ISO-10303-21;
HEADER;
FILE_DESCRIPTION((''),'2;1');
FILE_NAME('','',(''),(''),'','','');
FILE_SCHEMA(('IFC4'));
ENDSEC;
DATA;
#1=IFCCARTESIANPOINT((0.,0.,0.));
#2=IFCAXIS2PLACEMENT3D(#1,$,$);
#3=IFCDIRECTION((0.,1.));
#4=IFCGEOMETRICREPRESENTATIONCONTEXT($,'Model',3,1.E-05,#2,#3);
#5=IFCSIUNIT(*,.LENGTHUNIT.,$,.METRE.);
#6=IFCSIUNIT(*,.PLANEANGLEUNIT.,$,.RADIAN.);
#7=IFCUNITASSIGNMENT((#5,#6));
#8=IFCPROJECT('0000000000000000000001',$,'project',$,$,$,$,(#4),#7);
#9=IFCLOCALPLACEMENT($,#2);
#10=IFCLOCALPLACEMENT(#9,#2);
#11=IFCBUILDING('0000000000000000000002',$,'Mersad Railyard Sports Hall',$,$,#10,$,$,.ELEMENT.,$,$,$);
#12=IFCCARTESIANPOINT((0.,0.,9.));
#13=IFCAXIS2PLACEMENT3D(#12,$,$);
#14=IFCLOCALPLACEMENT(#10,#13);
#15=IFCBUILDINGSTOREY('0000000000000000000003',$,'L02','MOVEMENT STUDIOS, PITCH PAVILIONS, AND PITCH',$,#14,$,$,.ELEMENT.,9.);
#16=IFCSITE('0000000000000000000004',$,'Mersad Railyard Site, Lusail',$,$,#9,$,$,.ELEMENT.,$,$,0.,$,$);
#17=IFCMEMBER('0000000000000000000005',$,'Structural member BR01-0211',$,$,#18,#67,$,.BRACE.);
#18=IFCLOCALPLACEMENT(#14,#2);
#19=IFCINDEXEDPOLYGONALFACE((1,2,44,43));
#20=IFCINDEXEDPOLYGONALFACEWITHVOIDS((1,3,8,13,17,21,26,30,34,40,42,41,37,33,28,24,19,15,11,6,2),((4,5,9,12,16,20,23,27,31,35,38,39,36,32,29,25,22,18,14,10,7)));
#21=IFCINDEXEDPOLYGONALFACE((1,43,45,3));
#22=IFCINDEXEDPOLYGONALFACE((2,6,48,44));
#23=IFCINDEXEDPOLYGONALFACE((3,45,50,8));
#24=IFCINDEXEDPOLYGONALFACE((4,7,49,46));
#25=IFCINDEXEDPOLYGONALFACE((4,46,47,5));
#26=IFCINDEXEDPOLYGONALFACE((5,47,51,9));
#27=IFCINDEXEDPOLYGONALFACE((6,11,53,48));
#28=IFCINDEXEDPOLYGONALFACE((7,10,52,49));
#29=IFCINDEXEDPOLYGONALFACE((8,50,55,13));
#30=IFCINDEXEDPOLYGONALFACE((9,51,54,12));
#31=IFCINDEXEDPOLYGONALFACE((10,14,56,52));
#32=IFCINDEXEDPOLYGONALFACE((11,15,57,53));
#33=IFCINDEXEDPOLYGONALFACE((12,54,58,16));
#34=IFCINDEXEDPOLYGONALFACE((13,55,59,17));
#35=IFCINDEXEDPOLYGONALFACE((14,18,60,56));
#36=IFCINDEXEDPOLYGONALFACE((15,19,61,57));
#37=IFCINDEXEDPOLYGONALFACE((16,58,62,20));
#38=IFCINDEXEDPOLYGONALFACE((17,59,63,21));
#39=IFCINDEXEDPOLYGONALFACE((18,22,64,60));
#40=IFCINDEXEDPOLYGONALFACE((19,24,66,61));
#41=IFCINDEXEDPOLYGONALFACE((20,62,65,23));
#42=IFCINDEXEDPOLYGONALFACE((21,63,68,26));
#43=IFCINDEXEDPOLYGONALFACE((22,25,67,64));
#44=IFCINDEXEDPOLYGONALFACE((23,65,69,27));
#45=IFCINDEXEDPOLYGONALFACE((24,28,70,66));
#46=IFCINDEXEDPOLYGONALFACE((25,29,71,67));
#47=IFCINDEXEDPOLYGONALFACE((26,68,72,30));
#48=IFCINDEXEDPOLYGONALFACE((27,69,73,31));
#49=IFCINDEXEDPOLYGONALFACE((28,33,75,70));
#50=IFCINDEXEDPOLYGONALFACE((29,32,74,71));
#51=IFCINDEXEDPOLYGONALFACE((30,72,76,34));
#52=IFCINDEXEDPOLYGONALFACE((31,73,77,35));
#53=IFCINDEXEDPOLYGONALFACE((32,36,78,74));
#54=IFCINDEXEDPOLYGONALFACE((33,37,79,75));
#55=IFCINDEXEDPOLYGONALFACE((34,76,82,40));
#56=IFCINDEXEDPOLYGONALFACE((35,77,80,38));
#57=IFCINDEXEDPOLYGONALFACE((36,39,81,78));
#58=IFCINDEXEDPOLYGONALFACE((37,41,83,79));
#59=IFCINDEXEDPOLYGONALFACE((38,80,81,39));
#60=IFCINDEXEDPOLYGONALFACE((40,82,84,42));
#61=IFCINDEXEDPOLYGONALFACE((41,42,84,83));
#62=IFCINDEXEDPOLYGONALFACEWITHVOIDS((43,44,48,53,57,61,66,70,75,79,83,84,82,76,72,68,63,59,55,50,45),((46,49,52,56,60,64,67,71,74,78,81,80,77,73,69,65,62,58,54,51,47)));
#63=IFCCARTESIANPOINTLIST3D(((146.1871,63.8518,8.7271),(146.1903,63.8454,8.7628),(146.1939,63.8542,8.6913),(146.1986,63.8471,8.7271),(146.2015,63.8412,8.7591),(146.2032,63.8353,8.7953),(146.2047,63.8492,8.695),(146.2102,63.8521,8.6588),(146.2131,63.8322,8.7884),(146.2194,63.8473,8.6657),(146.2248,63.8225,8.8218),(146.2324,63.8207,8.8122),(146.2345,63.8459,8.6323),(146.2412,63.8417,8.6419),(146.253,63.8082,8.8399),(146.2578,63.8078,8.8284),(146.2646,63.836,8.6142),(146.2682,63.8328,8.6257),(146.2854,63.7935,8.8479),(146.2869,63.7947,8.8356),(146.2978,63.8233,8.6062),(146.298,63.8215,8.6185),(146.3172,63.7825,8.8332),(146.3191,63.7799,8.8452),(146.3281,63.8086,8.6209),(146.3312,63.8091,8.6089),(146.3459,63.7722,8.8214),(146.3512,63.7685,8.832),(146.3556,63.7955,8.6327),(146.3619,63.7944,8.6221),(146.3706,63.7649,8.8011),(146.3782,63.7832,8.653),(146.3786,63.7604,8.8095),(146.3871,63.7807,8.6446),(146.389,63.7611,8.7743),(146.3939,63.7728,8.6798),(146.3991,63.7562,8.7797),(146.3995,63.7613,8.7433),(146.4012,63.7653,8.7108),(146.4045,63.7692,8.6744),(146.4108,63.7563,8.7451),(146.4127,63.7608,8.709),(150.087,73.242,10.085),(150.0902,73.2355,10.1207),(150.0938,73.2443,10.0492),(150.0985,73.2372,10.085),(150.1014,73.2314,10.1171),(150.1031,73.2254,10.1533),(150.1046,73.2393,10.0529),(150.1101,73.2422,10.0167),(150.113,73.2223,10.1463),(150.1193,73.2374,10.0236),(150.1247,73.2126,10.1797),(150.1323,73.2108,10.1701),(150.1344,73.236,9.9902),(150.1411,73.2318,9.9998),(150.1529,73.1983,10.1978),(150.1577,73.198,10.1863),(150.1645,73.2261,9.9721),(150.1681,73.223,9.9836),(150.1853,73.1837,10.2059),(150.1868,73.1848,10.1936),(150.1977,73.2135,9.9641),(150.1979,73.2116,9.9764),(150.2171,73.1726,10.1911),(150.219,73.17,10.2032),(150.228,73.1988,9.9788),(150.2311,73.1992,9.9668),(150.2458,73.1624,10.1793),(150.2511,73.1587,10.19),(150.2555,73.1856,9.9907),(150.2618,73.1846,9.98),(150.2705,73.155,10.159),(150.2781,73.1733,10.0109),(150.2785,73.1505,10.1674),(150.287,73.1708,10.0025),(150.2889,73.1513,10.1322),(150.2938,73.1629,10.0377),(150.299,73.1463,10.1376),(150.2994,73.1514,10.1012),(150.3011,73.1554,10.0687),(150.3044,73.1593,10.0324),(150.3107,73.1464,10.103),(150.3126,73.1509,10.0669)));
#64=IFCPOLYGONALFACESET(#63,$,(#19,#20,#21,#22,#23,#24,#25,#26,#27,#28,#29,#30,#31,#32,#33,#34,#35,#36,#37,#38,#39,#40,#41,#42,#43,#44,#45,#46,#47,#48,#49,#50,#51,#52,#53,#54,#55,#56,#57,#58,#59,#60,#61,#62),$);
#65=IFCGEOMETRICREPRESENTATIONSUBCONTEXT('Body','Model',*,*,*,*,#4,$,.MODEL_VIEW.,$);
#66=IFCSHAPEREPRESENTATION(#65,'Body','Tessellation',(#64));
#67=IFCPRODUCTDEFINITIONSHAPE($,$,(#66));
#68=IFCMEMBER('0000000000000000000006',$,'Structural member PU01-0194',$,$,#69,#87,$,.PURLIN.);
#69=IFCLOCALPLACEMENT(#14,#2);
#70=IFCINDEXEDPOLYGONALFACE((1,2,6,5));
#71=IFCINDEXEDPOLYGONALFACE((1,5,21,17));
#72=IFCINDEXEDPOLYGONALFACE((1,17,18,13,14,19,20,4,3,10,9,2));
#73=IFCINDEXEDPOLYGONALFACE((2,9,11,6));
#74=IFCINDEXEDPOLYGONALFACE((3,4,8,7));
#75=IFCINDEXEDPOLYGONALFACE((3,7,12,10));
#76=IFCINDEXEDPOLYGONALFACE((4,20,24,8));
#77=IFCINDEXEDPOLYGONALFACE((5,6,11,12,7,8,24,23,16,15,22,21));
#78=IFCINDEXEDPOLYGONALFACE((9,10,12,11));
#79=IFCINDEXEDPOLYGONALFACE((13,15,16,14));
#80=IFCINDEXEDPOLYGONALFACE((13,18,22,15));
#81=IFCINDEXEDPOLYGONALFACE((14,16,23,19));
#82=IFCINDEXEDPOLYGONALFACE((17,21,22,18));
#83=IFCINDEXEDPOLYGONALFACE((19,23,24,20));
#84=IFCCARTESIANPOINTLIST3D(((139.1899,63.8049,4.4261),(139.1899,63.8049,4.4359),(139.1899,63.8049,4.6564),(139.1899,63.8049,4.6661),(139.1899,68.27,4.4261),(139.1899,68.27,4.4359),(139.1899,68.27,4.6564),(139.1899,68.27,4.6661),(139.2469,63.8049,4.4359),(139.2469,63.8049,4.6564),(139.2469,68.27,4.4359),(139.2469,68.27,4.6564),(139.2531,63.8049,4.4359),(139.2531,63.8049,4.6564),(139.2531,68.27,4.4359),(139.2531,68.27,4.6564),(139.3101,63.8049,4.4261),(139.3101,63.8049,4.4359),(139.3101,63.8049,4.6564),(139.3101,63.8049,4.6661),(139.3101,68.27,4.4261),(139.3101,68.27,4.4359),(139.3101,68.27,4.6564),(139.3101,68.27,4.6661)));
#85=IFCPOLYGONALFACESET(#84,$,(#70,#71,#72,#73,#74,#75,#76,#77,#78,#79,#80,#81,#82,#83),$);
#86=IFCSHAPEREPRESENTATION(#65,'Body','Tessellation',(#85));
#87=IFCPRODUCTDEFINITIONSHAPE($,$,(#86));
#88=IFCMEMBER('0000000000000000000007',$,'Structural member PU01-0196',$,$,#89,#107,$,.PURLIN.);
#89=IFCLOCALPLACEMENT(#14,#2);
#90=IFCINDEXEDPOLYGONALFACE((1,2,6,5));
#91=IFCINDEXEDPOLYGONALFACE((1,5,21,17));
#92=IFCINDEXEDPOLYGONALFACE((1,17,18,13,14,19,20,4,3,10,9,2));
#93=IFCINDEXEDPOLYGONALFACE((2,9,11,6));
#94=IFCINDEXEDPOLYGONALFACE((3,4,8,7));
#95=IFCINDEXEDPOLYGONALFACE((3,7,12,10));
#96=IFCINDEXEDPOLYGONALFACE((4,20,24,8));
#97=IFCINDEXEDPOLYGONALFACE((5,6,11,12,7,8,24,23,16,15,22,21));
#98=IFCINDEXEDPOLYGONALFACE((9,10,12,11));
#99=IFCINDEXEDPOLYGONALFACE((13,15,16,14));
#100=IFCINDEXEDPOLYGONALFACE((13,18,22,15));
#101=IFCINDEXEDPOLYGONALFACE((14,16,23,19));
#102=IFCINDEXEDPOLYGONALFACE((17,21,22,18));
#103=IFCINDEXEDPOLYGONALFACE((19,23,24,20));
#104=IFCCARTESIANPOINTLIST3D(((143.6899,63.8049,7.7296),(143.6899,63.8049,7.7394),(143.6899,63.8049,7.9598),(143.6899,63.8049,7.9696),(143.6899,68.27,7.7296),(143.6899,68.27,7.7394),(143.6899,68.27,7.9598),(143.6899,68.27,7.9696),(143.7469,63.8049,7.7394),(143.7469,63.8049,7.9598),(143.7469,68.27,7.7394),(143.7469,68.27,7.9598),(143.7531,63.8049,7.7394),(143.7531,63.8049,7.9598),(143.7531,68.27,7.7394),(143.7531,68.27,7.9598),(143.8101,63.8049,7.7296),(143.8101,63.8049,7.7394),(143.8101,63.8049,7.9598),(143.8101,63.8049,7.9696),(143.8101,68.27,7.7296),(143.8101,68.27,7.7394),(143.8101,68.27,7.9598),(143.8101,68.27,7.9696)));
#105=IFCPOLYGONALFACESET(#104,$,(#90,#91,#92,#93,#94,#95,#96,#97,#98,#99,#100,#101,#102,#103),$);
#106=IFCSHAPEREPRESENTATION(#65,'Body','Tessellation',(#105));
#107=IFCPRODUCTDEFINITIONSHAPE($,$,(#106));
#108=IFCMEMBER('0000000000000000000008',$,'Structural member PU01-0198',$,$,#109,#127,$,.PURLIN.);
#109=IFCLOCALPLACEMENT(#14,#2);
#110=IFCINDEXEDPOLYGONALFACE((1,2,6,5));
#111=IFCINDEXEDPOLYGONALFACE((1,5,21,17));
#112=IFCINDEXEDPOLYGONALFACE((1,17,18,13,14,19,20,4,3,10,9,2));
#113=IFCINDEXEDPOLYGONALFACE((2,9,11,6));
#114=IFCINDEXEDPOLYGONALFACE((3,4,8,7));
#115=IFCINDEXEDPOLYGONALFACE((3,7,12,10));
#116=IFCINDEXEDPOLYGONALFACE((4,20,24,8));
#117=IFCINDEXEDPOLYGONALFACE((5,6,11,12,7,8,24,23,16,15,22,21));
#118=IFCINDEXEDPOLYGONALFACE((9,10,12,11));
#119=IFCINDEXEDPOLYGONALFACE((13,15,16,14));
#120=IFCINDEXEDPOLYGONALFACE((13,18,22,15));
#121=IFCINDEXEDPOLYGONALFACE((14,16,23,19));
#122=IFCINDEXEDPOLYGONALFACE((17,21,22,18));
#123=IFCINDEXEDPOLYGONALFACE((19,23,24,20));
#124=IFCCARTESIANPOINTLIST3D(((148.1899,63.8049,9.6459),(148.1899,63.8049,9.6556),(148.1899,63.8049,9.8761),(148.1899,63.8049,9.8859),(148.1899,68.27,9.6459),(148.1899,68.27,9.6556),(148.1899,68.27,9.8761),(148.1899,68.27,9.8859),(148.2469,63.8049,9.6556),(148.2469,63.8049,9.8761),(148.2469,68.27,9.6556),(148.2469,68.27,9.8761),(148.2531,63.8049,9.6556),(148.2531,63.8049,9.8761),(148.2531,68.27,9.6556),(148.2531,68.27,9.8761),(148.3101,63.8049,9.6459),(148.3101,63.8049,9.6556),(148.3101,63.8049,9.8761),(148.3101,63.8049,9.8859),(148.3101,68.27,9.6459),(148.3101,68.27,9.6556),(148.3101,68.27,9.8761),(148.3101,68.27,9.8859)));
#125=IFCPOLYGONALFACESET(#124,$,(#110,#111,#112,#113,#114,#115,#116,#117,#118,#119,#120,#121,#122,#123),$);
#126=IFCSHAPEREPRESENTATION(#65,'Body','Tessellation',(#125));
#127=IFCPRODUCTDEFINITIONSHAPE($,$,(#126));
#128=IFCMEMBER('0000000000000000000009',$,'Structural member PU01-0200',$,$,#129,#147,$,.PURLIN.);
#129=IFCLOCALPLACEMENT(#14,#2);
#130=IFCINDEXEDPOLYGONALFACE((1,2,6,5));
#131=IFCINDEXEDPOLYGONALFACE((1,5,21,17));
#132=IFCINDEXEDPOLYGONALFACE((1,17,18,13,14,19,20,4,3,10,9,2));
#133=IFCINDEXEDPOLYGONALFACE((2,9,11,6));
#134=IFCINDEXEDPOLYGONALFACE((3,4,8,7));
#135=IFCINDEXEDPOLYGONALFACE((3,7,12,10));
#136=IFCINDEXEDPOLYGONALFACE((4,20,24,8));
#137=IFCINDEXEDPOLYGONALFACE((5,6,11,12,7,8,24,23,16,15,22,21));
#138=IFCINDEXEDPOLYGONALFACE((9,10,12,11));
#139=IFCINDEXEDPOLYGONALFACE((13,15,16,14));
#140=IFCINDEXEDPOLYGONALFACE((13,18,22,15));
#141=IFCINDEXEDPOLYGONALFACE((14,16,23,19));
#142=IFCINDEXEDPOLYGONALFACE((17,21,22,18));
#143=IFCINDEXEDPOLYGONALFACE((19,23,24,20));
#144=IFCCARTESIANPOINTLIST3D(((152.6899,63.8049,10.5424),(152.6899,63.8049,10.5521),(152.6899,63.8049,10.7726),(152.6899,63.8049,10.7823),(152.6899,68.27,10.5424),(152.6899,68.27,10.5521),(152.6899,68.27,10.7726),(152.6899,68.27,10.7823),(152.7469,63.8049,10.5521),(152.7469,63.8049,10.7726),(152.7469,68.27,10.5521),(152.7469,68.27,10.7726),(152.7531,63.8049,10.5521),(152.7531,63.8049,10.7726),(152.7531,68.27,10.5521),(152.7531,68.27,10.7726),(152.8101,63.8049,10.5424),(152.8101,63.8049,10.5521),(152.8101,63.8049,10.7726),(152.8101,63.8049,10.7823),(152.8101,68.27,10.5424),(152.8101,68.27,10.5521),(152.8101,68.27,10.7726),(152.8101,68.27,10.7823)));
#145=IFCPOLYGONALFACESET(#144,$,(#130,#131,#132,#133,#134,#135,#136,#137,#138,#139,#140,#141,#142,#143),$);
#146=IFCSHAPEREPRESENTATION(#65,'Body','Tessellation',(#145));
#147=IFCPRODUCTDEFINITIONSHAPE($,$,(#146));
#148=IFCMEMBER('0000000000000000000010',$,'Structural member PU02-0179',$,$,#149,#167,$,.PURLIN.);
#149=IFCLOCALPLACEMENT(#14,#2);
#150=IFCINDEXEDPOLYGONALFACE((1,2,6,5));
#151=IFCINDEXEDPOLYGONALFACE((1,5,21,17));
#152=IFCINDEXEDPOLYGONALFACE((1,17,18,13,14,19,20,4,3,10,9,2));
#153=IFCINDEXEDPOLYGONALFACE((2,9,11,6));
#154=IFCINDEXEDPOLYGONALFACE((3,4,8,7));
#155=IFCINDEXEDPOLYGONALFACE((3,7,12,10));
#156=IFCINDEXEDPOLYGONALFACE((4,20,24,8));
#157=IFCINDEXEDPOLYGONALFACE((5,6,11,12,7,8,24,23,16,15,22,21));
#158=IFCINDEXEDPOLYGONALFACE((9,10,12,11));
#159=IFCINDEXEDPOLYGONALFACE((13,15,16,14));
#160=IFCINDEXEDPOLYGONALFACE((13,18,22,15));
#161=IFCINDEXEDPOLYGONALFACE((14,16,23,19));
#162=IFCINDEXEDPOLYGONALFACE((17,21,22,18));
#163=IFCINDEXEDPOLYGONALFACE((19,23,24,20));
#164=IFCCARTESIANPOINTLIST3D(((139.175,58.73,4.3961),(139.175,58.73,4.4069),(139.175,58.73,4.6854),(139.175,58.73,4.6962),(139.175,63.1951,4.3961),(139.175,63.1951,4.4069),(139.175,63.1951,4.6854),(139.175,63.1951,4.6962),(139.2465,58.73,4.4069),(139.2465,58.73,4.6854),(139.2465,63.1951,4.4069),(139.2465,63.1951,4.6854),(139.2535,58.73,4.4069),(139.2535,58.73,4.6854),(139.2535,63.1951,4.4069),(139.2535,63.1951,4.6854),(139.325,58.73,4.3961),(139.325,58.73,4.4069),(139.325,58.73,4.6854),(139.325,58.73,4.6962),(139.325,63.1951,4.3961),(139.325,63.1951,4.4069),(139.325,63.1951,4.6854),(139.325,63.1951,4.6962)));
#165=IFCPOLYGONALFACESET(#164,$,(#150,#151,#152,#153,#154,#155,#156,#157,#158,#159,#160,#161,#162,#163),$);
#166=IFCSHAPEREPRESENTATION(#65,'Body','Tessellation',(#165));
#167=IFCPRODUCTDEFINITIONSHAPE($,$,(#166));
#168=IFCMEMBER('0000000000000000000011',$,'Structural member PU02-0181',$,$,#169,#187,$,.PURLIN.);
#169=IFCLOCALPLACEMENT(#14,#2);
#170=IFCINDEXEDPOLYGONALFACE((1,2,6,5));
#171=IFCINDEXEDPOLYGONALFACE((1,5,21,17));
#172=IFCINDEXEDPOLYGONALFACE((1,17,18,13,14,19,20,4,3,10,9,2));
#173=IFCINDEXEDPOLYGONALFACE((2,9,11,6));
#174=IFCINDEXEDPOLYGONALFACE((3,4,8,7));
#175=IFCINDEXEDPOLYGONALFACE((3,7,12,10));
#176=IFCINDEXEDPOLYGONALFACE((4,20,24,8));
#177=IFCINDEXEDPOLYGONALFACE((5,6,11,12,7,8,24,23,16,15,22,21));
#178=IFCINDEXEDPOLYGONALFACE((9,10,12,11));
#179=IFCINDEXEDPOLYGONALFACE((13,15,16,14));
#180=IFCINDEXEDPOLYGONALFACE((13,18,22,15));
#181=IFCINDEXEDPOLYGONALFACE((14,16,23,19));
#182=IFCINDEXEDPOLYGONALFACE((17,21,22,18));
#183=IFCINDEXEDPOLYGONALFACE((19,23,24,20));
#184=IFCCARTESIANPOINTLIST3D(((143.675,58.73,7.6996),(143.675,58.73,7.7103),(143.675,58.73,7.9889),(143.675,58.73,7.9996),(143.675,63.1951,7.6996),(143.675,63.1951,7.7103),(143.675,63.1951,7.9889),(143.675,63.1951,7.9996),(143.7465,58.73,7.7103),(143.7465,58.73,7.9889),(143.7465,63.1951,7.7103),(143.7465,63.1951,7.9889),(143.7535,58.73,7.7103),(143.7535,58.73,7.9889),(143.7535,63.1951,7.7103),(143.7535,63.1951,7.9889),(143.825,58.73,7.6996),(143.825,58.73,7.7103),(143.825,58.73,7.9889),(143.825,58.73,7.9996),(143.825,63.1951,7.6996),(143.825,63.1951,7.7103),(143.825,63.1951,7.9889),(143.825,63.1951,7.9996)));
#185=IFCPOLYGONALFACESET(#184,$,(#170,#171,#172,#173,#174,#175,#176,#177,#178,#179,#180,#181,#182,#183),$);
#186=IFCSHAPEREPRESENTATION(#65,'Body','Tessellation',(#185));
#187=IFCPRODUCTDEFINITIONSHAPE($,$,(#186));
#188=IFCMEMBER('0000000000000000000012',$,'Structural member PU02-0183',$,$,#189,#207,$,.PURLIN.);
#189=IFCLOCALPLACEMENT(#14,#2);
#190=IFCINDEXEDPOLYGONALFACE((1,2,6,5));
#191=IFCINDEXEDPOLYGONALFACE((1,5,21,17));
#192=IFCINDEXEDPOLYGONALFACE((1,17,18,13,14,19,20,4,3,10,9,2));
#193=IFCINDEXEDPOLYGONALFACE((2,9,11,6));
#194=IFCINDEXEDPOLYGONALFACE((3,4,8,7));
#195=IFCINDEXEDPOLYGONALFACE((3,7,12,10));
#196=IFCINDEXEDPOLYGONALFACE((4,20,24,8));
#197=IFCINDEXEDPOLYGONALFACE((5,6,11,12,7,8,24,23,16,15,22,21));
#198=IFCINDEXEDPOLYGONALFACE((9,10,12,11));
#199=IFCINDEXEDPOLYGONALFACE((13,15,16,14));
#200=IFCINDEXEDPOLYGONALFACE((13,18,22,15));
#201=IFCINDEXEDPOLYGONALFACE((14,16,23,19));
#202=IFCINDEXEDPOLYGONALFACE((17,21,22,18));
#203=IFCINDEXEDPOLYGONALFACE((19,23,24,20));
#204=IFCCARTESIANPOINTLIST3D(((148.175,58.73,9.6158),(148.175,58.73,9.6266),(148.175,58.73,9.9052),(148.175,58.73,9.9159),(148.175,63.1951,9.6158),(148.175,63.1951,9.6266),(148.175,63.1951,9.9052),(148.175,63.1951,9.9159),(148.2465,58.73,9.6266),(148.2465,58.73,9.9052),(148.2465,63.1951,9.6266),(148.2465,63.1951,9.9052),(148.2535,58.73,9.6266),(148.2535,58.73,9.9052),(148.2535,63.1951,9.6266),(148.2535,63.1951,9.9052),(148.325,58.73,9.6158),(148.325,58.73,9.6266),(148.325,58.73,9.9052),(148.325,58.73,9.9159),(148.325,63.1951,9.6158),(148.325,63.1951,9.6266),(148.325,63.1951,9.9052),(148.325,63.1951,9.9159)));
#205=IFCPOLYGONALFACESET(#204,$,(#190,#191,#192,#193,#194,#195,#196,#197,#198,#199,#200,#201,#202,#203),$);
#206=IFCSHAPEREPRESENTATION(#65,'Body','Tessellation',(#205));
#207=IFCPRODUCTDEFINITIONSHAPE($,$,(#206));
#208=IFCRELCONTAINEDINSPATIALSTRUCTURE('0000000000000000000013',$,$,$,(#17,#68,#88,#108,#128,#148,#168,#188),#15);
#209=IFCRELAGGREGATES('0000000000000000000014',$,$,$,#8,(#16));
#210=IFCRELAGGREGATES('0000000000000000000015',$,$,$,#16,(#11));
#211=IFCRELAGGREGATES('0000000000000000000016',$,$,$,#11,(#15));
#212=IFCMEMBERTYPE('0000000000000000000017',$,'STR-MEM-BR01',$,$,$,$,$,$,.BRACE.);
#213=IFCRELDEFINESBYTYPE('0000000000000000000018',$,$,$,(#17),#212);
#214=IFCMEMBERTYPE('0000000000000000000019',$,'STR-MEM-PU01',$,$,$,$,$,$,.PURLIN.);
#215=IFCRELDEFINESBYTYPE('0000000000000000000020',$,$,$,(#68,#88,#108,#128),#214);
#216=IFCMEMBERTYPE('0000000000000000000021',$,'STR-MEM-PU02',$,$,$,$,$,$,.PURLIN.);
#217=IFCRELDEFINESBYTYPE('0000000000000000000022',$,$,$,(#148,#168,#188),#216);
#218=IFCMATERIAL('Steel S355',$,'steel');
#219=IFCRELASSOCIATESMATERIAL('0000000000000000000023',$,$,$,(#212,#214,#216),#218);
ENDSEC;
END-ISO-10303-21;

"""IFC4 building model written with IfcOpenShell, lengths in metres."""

from ifc_helpers import new_model, si_unit, direction, frame, origin, origin_2d, place, context, subcontext, project, spatial, hollow_circle, i_section, extrude, material, material_profile, profile_set, type_object, element, save


model = new_model("IFC4")

# Units and contexts
model_context = context("Model", 3, precision=1e-05, world=origin(), true_north=direction((0.0, 1.0)))
body_context = subcontext(model_context, "Body", "Model", "MODEL_VIEW")
ifc_project = project(units=[si_unit("LENGTHUNIT", "METRE"), si_unit("PLANEANGLEUNIT", "RADIAN")], contexts=[model_context])

# Site, building, storey
site_placement = place(None, origin())
site = spatial("IfcSite", under=ifc_project, at=site_placement, Name="Mersad Railyard Site, Lusail", CompositionType="ELEMENT", RefElevation=0.0)
building_placement = place(site_placement, origin())
building = spatial("IfcBuilding", under=site, at=building_placement, Name="Mersad Railyard Sports Hall", CompositionType="ELEMENT")
storey_placement = place(building_placement, frame((0.0, 0.0, 9.0)))
storey = spatial("IfcBuildingStorey", under=building, at=storey_placement, Name="L02", Description="MOVEMENT STUDIOS, PITCH PAVILIONS, AND PITCH", CompositionType="ELEMENT", Elevation=9.0)

# Members
ifc_material_1 = material(Name="Steel S355", Category="steel")
ifc_material_profile_1 = material_profile(ifc_material_1, hollow_circle(Radius=0.1223, WallThickness=0.0125, at=origin_2d()), Name="CHS 244.5x12.5")
ifc_profile_set_1 = profile_set([ifc_material_profile_1], Name="Steel S355")
member_type_1 = type_object("IfcMemberType", Name="STR-MEM-BR01", PredefinedType="BRACE", material=ifc_profile_set_1)
member_1_placement = place(storey_placement, frame((146.3, 63.8049, 8.7271), z_axis=(0.380179, 0.915391, 0.132375), x_axis=(-0.923518, 0.383555, 0.0)))
element("IfcMember", 1, at=member_1_placement, inside=storey, type_object=member_type_1, Name="Structural member BR01-0211", PredefinedType="BRACE", context=body_context, shape_type="SweptSolid", body=[
    extrude(hollow_circle(Radius=0.1223, WallThickness=0.0125, at=origin_2d()), origin(), (0.0, 0.0, 1.0), 10.2581),
])
ifc_material_profile_2 = material_profile(ifc_material_1, i_section(OverallWidth=0.1201, OverallDepth=0.24, WebThickness=0.0061, FlangeThickness=0.0098, at=origin_2d()), Name="IPE 240")
ifc_profile_set_2 = profile_set([ifc_material_profile_2], Name="Steel S355")
member_type_2 = type_object("IfcMemberType", Name="STR-MEM-PU01", PredefinedType="PURLIN", material=ifc_profile_set_2)
for number, where, z_axis, x_axis, name in (
    (2, (139.25, 63.8049, 4.5461), (0.0, 1.0, 0.0), (-1.0, 0.0, 0.0), "Structural member PU01-0194"),
    (3, (143.75, 63.8049, 7.8496), (0.0, 1.0, 0.0), (-1.0, 0.0, 0.0), "Structural member PU01-0196"),
    (4, (148.25, 63.8049, 9.7659), (0.0, 1.0, 0.0), (-1.0, 0.0, 0.0), "Structural member PU01-0198"),
    (5, (152.75, 63.8049, 10.6624), (0.0, 1.0, 0.0), (-1.0, 0.0, 0.0), "Structural member PU01-0200"),
):
    element("IfcMember", number, at=place(storey_placement, frame(where, z_axis=z_axis, x_axis=x_axis)), inside=storey, type_object=member_type_2, Name=name, PredefinedType="PURLIN", context=body_context, shape_type="SweptSolid", body=[
        extrude(i_section(OverallWidth=0.1201, OverallDepth=0.24, WebThickness=0.0061, FlangeThickness=0.0098, at=origin_2d()), origin(), (0.0, 0.0, 1.0), 4.4651),
    ])
ifc_material_profile_3 = material_profile(ifc_material_1, i_section(OverallWidth=0.1499, OverallDepth=0.3, WebThickness=0.0071, FlangeThickness=0.0107, at=origin_2d()), Name="IPE 300")
ifc_profile_set_3 = profile_set([ifc_material_profile_3], Name="Steel S355")
member_type_3 = type_object("IfcMemberType", Name="STR-MEM-PU02", PredefinedType="PURLIN", material=ifc_profile_set_3)
for number, where, z_axis, x_axis, name in (
    (6, (139.25, 58.73, 4.5461), (0.0, 1.0, 0.0), (-1.0, 0.0, 0.0), "Structural member PU02-0179"),
    (7, (143.75, 58.73, 7.8496), (0.0, 1.0, 0.0), (-1.0, 0.0, 0.0), "Structural member PU02-0181"),
    (8, (148.25, 58.73, 9.7659), (0.0, 1.0, 0.0), (-1.0, 0.0, 0.0), "Structural member PU02-0183"),
):
    element("IfcMember", number, at=place(storey_placement, frame(where, z_axis=z_axis, x_axis=x_axis)), inside=storey, type_object=member_type_3, Name=name, PredefinedType="PURLIN", context=body_context, shape_type="SweptSolid", body=[
        extrude(i_section(OverallWidth=0.1499, OverallDepth=0.3, WebThickness=0.0071, FlangeThickness=0.0107, at=origin_2d()), origin(), (0.0, 0.0, 1.0), 4.4651),
    ])

save(model, "model.ifc")
